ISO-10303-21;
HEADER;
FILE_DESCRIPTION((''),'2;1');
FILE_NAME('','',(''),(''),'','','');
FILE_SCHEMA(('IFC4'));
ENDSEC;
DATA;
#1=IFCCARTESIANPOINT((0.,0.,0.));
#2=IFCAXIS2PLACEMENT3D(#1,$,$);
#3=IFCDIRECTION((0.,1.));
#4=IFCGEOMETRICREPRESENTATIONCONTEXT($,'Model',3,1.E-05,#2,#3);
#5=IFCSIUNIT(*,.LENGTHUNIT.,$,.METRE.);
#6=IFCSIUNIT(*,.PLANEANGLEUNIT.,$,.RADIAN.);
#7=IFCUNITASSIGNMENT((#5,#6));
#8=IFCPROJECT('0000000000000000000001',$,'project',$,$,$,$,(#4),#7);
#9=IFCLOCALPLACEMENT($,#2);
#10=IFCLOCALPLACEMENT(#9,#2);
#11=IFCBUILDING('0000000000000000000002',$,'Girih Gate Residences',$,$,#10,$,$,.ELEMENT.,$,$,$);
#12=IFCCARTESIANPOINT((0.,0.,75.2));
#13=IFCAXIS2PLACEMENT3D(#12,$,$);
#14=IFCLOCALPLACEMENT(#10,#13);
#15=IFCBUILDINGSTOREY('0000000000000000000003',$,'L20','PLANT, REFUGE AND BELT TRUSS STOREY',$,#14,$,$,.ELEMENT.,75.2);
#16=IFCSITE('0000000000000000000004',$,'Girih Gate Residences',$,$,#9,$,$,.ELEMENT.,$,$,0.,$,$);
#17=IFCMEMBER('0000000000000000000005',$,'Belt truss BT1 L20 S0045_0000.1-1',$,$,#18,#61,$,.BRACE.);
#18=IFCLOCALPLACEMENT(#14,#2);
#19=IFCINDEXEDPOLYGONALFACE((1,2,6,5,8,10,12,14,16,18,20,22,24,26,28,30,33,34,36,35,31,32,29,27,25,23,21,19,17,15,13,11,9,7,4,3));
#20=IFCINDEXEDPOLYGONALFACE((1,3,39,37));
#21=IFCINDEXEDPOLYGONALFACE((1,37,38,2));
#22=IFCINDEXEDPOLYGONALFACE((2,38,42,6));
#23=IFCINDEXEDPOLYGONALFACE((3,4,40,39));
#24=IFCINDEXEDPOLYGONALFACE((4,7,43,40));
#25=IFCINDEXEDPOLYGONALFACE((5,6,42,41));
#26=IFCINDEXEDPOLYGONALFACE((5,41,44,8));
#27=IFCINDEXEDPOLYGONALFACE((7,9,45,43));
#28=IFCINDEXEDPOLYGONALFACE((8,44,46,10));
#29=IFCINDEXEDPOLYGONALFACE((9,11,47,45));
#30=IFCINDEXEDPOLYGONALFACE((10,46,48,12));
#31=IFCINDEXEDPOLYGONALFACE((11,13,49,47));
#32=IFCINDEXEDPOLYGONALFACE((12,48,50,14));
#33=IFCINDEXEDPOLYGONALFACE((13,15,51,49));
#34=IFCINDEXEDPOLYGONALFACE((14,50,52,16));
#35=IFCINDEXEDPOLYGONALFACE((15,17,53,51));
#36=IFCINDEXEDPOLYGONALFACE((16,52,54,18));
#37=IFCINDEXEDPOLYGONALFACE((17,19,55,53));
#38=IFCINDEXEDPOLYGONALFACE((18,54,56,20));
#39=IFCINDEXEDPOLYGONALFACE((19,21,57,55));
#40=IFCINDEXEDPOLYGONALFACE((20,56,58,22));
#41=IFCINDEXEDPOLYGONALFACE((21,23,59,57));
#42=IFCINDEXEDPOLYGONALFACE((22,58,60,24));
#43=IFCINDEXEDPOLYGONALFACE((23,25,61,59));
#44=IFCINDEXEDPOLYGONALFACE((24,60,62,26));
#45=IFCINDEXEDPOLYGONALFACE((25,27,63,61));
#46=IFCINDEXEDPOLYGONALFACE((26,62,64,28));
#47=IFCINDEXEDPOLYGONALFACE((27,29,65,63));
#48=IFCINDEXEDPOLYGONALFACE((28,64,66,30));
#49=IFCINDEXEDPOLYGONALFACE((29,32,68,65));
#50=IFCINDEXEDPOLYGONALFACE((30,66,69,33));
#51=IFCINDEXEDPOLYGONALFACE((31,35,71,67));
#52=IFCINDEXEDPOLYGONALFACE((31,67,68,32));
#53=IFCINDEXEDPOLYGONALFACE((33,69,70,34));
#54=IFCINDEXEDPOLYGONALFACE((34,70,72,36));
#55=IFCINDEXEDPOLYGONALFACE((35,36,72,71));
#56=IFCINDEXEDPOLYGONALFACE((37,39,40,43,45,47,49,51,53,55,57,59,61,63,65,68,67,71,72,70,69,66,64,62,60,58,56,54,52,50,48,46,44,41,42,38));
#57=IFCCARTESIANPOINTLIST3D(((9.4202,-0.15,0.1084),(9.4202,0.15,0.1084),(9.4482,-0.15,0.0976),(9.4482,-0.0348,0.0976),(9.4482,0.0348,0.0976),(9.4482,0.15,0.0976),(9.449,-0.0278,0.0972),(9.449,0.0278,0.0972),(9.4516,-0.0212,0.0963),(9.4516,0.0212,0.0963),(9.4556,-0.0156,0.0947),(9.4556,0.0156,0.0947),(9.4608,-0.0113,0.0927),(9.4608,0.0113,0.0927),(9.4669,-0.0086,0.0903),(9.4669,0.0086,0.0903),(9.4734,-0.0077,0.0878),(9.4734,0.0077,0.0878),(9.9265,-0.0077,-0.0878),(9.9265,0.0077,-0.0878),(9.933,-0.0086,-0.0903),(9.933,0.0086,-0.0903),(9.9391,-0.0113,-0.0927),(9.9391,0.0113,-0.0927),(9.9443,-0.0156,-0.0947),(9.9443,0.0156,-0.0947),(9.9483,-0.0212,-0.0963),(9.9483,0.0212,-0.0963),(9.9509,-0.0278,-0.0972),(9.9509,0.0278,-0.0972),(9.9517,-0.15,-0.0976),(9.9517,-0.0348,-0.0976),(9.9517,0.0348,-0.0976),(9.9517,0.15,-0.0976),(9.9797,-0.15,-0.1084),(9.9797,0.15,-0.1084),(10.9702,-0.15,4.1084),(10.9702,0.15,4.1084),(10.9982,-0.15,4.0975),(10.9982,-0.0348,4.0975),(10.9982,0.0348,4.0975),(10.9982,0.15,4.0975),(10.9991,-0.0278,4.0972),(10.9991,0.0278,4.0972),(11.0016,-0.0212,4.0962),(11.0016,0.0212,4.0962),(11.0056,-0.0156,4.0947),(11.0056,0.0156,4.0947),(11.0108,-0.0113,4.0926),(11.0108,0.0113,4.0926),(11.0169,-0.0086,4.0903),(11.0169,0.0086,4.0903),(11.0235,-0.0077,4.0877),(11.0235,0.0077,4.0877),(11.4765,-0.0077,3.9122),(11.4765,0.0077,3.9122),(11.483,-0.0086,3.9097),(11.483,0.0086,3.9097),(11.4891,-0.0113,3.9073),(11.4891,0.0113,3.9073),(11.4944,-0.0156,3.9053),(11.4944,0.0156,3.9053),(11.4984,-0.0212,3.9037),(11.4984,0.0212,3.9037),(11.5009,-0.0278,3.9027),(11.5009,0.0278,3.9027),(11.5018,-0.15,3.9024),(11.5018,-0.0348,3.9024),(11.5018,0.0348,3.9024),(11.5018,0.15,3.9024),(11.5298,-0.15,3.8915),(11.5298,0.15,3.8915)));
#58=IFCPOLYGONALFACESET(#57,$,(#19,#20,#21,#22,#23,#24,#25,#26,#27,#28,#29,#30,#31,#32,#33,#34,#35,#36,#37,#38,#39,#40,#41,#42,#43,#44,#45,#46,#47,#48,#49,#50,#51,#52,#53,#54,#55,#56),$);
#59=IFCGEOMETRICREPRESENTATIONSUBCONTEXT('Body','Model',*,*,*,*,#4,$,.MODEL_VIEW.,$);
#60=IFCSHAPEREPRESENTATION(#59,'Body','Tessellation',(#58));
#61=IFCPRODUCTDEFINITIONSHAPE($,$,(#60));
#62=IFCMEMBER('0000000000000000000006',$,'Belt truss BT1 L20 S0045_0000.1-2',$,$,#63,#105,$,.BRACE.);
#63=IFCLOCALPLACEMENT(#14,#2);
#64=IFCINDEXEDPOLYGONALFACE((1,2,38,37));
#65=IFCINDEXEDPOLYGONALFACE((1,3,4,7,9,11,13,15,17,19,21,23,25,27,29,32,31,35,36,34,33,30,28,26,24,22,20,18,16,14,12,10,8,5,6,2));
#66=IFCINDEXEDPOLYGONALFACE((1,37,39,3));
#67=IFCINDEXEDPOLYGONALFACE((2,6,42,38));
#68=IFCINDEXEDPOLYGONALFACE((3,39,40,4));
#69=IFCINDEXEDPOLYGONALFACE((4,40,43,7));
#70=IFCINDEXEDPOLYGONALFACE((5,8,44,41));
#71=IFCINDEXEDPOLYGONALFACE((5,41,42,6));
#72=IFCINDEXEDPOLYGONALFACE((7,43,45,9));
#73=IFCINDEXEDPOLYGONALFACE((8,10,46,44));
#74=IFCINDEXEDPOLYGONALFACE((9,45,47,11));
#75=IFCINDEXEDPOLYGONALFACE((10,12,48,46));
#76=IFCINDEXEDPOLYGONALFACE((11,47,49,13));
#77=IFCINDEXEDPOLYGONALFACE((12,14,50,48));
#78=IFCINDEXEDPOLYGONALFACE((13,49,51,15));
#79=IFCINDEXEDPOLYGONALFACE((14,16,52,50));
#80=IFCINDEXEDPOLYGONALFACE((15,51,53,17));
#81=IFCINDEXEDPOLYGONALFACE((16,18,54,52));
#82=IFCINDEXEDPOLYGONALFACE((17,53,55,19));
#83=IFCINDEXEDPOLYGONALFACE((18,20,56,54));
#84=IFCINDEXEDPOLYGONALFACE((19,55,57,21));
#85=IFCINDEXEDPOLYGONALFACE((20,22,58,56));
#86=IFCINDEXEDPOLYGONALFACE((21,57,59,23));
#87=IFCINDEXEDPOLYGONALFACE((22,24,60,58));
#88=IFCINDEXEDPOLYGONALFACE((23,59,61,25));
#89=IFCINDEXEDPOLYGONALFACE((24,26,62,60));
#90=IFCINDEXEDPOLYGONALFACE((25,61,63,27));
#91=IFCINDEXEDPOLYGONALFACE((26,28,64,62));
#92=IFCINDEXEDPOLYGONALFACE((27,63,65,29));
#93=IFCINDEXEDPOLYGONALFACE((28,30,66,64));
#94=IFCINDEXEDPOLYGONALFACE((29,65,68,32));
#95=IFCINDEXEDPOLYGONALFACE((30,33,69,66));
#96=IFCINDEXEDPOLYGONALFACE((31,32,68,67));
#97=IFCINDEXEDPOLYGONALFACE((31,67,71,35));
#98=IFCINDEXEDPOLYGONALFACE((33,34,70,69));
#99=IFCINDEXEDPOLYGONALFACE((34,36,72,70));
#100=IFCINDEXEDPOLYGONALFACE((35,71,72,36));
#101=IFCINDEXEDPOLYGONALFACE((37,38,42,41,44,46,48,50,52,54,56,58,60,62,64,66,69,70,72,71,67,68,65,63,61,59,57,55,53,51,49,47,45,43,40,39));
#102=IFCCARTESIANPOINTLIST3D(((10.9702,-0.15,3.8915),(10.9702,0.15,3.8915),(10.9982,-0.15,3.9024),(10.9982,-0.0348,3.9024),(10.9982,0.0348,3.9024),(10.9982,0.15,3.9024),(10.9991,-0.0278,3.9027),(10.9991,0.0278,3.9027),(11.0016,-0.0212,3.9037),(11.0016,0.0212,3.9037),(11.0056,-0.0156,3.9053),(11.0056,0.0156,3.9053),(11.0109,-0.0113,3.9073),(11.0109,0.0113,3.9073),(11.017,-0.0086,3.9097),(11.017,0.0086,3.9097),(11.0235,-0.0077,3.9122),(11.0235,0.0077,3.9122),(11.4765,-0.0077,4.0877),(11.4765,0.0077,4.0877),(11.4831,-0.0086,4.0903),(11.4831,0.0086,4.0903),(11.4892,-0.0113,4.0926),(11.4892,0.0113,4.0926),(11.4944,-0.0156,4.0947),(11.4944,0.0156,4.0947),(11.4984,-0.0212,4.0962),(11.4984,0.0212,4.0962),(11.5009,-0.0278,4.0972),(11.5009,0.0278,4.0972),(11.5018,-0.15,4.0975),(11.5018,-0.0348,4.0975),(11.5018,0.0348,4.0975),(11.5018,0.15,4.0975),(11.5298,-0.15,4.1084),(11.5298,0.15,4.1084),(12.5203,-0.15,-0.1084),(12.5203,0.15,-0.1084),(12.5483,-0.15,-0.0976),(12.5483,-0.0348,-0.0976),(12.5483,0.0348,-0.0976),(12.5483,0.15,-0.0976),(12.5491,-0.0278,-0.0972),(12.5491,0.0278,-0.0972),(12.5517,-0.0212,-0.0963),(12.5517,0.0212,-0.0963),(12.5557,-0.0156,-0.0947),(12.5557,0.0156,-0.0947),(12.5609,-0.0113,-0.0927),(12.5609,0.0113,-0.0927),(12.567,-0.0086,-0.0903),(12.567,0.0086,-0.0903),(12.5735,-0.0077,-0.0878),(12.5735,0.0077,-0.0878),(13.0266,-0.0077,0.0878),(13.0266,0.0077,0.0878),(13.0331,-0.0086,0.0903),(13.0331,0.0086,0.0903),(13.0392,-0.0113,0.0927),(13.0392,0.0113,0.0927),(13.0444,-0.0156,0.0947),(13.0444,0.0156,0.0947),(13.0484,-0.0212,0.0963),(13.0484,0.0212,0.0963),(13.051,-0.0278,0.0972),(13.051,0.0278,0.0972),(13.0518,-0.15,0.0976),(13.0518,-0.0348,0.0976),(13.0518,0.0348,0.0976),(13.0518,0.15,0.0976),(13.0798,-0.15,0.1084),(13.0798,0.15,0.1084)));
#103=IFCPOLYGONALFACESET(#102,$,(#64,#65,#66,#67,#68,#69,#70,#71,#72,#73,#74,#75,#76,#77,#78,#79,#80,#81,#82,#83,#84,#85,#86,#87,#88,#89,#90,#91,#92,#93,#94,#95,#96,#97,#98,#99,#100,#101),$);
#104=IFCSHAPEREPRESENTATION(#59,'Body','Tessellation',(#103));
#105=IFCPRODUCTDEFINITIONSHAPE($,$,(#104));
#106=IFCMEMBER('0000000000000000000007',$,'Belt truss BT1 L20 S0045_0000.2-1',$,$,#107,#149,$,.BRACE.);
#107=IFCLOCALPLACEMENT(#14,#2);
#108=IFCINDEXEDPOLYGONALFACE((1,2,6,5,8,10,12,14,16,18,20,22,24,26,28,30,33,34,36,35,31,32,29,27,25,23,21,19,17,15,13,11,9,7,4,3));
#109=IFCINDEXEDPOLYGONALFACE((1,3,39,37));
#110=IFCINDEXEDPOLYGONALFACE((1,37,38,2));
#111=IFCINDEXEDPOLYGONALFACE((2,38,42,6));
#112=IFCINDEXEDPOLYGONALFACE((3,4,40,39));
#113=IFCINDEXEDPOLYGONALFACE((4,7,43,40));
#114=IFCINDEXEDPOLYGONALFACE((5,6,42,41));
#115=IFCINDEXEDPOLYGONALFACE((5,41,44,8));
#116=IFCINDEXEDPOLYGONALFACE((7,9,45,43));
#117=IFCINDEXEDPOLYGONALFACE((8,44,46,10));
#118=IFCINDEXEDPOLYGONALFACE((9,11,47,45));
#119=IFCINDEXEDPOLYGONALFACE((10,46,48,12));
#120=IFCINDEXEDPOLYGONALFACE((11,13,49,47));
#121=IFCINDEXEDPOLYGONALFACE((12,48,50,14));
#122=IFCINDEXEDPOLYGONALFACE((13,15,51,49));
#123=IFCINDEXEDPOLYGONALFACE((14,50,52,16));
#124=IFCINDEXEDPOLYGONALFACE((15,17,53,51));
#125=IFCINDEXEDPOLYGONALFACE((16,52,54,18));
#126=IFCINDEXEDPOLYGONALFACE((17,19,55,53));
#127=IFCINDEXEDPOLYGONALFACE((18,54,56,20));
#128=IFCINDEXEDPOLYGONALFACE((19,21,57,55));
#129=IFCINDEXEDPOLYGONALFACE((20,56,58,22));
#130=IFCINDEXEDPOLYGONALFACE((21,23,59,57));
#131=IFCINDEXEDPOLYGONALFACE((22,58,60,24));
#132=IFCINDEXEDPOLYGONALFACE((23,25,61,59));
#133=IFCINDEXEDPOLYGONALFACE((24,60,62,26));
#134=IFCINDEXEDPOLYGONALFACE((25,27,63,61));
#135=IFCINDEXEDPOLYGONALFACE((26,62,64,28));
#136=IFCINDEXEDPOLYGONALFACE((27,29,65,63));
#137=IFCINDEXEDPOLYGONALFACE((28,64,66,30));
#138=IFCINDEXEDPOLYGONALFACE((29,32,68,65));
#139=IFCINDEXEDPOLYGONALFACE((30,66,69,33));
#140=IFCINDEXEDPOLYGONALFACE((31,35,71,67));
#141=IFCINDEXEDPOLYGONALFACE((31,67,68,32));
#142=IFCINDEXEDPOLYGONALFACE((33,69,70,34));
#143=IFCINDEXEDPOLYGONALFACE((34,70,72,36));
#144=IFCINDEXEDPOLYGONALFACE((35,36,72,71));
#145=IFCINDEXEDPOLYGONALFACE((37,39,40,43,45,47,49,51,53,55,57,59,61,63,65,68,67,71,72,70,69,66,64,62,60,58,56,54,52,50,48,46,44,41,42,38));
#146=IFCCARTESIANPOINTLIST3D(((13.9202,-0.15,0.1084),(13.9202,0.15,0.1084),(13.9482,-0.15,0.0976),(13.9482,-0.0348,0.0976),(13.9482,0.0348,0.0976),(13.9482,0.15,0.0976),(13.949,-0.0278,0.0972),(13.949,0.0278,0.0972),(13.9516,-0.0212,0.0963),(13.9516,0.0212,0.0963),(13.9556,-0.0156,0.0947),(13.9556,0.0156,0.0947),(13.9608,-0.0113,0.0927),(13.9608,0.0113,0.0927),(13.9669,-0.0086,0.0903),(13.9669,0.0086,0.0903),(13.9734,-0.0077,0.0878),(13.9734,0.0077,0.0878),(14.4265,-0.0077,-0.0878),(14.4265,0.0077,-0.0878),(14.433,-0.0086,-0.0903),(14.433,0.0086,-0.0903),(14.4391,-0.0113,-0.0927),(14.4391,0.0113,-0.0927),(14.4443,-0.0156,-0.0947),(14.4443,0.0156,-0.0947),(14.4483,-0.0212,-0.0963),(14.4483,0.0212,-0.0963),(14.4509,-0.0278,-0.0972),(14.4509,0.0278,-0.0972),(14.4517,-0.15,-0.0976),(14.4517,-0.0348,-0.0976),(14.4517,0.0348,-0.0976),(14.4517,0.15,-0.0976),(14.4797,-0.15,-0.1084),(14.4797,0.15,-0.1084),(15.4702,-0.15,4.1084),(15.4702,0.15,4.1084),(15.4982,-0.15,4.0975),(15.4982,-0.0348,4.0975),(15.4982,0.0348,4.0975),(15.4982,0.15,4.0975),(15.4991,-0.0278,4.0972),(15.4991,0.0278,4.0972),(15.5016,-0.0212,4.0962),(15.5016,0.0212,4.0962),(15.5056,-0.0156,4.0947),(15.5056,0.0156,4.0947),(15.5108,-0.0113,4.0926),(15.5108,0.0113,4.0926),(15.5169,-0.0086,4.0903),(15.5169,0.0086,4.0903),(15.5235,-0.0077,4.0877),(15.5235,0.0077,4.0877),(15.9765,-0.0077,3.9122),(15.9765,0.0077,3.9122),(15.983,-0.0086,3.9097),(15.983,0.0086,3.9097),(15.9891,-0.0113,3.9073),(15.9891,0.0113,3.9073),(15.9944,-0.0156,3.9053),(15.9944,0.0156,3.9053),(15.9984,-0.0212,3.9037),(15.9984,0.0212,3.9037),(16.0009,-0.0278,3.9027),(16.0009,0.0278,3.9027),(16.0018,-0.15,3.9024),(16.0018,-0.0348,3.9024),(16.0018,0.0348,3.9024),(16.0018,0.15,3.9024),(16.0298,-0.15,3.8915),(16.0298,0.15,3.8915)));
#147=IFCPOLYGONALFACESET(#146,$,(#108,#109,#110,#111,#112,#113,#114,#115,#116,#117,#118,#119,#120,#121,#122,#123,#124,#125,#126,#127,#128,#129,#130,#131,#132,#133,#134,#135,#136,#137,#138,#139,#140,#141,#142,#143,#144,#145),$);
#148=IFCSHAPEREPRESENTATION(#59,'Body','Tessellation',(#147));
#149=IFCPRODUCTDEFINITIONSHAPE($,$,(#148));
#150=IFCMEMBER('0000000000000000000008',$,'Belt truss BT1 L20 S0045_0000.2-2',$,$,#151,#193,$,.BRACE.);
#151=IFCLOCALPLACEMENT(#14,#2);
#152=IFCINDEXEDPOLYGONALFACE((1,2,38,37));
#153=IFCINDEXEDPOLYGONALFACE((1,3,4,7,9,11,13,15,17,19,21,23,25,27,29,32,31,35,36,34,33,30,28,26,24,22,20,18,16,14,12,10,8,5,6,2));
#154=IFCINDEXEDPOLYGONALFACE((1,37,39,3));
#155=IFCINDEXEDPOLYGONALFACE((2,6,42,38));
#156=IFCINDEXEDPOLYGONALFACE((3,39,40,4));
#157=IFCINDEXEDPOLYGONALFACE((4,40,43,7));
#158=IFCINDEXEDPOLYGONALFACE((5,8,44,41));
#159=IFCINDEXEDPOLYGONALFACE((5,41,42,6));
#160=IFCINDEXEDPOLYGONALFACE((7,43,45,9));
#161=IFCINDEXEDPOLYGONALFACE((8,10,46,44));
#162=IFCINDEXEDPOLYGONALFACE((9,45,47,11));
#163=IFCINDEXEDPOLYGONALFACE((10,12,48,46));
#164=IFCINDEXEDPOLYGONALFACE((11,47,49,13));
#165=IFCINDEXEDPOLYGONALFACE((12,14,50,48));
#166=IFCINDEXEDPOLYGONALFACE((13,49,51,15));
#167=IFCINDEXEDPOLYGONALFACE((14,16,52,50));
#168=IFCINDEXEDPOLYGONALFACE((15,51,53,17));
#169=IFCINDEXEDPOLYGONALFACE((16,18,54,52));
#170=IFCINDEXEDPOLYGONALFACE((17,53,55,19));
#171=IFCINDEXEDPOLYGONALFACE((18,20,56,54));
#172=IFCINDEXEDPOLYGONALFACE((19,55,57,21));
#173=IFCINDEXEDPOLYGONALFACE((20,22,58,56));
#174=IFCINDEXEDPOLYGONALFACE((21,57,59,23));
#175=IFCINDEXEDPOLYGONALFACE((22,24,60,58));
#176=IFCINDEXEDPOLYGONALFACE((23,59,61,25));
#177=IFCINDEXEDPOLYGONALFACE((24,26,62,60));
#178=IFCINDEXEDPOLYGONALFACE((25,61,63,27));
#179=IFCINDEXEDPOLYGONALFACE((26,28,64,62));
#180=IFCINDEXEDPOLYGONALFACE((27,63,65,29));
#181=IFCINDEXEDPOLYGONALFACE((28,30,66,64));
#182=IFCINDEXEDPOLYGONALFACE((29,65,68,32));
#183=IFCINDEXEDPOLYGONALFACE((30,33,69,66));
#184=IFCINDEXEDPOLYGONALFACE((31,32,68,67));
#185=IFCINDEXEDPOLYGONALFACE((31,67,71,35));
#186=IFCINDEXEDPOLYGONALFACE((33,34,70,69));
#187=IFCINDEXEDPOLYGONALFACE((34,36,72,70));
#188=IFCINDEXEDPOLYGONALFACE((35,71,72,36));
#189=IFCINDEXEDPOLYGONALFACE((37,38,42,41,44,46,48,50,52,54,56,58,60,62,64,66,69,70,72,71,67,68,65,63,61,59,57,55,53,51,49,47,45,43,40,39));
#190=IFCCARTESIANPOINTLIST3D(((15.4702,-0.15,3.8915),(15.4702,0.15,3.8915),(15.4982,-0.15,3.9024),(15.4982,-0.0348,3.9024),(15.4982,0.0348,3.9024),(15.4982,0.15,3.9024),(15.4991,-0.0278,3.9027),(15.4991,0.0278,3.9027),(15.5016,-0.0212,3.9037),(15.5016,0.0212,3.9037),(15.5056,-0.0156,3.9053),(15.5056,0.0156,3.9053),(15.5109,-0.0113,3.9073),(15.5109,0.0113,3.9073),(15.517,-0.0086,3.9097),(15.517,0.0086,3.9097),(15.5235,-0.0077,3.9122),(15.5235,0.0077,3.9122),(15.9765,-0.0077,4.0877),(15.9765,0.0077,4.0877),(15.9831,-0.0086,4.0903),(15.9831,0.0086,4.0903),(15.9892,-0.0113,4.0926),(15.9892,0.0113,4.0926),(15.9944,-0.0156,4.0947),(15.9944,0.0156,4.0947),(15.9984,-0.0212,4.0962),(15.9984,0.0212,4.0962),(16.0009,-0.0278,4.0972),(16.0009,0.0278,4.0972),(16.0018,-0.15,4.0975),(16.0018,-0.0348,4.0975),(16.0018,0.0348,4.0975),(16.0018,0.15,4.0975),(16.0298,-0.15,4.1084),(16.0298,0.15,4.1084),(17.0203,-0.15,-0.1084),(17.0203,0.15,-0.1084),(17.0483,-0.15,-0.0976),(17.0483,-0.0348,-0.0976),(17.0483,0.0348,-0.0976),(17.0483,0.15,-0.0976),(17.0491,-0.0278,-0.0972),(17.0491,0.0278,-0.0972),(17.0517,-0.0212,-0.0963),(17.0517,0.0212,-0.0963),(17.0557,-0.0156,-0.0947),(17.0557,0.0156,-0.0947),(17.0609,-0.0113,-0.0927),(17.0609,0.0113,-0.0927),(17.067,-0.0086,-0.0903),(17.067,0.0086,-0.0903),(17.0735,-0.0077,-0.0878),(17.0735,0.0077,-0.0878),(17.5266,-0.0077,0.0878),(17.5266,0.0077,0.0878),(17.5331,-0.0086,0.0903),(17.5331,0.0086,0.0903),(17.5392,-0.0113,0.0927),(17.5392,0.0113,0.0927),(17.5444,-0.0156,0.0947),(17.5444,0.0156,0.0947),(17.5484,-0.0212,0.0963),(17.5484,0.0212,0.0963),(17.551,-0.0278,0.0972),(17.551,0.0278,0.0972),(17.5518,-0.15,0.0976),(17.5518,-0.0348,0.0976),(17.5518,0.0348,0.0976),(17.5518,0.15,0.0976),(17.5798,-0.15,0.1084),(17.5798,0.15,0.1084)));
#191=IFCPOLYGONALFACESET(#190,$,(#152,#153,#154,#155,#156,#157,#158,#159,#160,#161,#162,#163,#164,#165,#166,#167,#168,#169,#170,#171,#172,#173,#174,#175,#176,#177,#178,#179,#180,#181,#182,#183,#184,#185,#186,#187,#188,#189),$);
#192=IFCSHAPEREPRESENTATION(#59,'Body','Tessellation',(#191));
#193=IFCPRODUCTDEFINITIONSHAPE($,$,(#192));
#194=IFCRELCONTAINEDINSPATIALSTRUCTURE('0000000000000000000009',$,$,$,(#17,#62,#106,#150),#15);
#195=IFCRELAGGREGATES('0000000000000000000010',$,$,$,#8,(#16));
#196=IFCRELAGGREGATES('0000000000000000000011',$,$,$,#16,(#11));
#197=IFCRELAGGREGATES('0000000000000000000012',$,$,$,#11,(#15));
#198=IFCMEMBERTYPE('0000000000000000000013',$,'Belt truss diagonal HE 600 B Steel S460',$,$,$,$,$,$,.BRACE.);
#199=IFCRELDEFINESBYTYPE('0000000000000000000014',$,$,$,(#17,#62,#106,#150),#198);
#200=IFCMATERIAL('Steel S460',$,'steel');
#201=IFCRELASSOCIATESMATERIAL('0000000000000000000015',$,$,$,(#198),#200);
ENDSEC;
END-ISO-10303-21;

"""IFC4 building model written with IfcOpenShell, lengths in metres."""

from ifc_helpers import new_model, si_unit, direction, frame, origin, origin_2d, place, context, subcontext, project, spatial, i_section, extrude, material, material_profile, profile_set, type_object, element, save


model = new_model("IFC4")

# Units and contexts
model_context = context("Model", 3, precision=1e-05, world=origin(), true_north=direction((0.0, 1.0)))
body_context = subcontext(model_context, "Body", "Model", "MODEL_VIEW")
ifc_project = project(units=[si_unit("LENGTHUNIT", "METRE"), si_unit("PLANEANGLEUNIT", "RADIAN")], contexts=[model_context])

# Site, building, storey
site_placement = place(None, origin())
site = spatial("IfcSite", under=ifc_project, at=site_placement, Name="Girih Gate Residences", CompositionType="ELEMENT", RefElevation=0.0)
building_placement = place(site_placement, origin())
building = spatial("IfcBuilding", under=site, at=building_placement, Name="Girih Gate Residences", CompositionType="ELEMENT")
storey_placement = place(building_placement, frame((0.0, 0.0, 75.2)))
storey = spatial("IfcBuildingStorey", under=building, at=storey_placement, Name="L20", Description="PLANT, REFUGE AND BELT TRUSS STOREY", CompositionType="ELEMENT", Elevation=75.2)

# Members
ifc_material_1 = material(Name="Steel S460", Category="steel")
ifc_material_profile_1 = material_profile(ifc_material_1, i_section(OverallWidth=0.3, OverallDepth=0.6001, WebThickness=0.0154, FlangeThickness=0.03, FilletRadius=0.0271, at=origin_2d()))
ifc_profile_set_1 = profile_set([ifc_material_profile_1], Name="Steel S460")
member_type_1 = type_object("IfcMemberType", Name="Belt truss diagonal HE 600 B Steel S460", PredefinedType="BRACE", material=ifc_profile_set_1)
for number, where, z_axis, x_axis, name in (
    (1, (9.7, 0.0, 0.0), (0.361331, 0.0, 0.932438), (0.0, 1.0, 0.0), "Belt truss BT1 L20 S0045_0000.1-1"),
    (2, (12.8, 0.0, 0.0), (-0.361331, 0.0, 0.932438), (0.0, -1.0, 0.0), "Belt truss BT1 L20 S0045_0000.1-2"),
    (3, (14.2, 0.0, 0.0), (0.361331, 0.0, 0.932438), (0.0, 1.0, 0.0), "Belt truss BT1 L20 S0045_0000.2-1"),
    (4, (17.3, 0.0, 0.0), (-0.361331, 0.0, 0.932438), (0.0, -1.0, 0.0), "Belt truss BT1 L20 S0045_0000.2-2"),
):
    element("IfcMember", number, at=place(storey_placement, frame(where, z_axis=z_axis, x_axis=x_axis)), inside=storey, type_object=member_type_1, Name=name, PredefinedType="BRACE", context=body_context, shape_type="SweptSolid", body=[
        extrude(i_section(OverallWidth=0.3, OverallDepth=0.6001, WebThickness=0.0154, FlangeThickness=0.03, FilletRadius=0.0271, at=origin_2d()), origin(), (0.0, 0.0, 1.0), 4.2898),
    ])

save(model, "model.ifc")
